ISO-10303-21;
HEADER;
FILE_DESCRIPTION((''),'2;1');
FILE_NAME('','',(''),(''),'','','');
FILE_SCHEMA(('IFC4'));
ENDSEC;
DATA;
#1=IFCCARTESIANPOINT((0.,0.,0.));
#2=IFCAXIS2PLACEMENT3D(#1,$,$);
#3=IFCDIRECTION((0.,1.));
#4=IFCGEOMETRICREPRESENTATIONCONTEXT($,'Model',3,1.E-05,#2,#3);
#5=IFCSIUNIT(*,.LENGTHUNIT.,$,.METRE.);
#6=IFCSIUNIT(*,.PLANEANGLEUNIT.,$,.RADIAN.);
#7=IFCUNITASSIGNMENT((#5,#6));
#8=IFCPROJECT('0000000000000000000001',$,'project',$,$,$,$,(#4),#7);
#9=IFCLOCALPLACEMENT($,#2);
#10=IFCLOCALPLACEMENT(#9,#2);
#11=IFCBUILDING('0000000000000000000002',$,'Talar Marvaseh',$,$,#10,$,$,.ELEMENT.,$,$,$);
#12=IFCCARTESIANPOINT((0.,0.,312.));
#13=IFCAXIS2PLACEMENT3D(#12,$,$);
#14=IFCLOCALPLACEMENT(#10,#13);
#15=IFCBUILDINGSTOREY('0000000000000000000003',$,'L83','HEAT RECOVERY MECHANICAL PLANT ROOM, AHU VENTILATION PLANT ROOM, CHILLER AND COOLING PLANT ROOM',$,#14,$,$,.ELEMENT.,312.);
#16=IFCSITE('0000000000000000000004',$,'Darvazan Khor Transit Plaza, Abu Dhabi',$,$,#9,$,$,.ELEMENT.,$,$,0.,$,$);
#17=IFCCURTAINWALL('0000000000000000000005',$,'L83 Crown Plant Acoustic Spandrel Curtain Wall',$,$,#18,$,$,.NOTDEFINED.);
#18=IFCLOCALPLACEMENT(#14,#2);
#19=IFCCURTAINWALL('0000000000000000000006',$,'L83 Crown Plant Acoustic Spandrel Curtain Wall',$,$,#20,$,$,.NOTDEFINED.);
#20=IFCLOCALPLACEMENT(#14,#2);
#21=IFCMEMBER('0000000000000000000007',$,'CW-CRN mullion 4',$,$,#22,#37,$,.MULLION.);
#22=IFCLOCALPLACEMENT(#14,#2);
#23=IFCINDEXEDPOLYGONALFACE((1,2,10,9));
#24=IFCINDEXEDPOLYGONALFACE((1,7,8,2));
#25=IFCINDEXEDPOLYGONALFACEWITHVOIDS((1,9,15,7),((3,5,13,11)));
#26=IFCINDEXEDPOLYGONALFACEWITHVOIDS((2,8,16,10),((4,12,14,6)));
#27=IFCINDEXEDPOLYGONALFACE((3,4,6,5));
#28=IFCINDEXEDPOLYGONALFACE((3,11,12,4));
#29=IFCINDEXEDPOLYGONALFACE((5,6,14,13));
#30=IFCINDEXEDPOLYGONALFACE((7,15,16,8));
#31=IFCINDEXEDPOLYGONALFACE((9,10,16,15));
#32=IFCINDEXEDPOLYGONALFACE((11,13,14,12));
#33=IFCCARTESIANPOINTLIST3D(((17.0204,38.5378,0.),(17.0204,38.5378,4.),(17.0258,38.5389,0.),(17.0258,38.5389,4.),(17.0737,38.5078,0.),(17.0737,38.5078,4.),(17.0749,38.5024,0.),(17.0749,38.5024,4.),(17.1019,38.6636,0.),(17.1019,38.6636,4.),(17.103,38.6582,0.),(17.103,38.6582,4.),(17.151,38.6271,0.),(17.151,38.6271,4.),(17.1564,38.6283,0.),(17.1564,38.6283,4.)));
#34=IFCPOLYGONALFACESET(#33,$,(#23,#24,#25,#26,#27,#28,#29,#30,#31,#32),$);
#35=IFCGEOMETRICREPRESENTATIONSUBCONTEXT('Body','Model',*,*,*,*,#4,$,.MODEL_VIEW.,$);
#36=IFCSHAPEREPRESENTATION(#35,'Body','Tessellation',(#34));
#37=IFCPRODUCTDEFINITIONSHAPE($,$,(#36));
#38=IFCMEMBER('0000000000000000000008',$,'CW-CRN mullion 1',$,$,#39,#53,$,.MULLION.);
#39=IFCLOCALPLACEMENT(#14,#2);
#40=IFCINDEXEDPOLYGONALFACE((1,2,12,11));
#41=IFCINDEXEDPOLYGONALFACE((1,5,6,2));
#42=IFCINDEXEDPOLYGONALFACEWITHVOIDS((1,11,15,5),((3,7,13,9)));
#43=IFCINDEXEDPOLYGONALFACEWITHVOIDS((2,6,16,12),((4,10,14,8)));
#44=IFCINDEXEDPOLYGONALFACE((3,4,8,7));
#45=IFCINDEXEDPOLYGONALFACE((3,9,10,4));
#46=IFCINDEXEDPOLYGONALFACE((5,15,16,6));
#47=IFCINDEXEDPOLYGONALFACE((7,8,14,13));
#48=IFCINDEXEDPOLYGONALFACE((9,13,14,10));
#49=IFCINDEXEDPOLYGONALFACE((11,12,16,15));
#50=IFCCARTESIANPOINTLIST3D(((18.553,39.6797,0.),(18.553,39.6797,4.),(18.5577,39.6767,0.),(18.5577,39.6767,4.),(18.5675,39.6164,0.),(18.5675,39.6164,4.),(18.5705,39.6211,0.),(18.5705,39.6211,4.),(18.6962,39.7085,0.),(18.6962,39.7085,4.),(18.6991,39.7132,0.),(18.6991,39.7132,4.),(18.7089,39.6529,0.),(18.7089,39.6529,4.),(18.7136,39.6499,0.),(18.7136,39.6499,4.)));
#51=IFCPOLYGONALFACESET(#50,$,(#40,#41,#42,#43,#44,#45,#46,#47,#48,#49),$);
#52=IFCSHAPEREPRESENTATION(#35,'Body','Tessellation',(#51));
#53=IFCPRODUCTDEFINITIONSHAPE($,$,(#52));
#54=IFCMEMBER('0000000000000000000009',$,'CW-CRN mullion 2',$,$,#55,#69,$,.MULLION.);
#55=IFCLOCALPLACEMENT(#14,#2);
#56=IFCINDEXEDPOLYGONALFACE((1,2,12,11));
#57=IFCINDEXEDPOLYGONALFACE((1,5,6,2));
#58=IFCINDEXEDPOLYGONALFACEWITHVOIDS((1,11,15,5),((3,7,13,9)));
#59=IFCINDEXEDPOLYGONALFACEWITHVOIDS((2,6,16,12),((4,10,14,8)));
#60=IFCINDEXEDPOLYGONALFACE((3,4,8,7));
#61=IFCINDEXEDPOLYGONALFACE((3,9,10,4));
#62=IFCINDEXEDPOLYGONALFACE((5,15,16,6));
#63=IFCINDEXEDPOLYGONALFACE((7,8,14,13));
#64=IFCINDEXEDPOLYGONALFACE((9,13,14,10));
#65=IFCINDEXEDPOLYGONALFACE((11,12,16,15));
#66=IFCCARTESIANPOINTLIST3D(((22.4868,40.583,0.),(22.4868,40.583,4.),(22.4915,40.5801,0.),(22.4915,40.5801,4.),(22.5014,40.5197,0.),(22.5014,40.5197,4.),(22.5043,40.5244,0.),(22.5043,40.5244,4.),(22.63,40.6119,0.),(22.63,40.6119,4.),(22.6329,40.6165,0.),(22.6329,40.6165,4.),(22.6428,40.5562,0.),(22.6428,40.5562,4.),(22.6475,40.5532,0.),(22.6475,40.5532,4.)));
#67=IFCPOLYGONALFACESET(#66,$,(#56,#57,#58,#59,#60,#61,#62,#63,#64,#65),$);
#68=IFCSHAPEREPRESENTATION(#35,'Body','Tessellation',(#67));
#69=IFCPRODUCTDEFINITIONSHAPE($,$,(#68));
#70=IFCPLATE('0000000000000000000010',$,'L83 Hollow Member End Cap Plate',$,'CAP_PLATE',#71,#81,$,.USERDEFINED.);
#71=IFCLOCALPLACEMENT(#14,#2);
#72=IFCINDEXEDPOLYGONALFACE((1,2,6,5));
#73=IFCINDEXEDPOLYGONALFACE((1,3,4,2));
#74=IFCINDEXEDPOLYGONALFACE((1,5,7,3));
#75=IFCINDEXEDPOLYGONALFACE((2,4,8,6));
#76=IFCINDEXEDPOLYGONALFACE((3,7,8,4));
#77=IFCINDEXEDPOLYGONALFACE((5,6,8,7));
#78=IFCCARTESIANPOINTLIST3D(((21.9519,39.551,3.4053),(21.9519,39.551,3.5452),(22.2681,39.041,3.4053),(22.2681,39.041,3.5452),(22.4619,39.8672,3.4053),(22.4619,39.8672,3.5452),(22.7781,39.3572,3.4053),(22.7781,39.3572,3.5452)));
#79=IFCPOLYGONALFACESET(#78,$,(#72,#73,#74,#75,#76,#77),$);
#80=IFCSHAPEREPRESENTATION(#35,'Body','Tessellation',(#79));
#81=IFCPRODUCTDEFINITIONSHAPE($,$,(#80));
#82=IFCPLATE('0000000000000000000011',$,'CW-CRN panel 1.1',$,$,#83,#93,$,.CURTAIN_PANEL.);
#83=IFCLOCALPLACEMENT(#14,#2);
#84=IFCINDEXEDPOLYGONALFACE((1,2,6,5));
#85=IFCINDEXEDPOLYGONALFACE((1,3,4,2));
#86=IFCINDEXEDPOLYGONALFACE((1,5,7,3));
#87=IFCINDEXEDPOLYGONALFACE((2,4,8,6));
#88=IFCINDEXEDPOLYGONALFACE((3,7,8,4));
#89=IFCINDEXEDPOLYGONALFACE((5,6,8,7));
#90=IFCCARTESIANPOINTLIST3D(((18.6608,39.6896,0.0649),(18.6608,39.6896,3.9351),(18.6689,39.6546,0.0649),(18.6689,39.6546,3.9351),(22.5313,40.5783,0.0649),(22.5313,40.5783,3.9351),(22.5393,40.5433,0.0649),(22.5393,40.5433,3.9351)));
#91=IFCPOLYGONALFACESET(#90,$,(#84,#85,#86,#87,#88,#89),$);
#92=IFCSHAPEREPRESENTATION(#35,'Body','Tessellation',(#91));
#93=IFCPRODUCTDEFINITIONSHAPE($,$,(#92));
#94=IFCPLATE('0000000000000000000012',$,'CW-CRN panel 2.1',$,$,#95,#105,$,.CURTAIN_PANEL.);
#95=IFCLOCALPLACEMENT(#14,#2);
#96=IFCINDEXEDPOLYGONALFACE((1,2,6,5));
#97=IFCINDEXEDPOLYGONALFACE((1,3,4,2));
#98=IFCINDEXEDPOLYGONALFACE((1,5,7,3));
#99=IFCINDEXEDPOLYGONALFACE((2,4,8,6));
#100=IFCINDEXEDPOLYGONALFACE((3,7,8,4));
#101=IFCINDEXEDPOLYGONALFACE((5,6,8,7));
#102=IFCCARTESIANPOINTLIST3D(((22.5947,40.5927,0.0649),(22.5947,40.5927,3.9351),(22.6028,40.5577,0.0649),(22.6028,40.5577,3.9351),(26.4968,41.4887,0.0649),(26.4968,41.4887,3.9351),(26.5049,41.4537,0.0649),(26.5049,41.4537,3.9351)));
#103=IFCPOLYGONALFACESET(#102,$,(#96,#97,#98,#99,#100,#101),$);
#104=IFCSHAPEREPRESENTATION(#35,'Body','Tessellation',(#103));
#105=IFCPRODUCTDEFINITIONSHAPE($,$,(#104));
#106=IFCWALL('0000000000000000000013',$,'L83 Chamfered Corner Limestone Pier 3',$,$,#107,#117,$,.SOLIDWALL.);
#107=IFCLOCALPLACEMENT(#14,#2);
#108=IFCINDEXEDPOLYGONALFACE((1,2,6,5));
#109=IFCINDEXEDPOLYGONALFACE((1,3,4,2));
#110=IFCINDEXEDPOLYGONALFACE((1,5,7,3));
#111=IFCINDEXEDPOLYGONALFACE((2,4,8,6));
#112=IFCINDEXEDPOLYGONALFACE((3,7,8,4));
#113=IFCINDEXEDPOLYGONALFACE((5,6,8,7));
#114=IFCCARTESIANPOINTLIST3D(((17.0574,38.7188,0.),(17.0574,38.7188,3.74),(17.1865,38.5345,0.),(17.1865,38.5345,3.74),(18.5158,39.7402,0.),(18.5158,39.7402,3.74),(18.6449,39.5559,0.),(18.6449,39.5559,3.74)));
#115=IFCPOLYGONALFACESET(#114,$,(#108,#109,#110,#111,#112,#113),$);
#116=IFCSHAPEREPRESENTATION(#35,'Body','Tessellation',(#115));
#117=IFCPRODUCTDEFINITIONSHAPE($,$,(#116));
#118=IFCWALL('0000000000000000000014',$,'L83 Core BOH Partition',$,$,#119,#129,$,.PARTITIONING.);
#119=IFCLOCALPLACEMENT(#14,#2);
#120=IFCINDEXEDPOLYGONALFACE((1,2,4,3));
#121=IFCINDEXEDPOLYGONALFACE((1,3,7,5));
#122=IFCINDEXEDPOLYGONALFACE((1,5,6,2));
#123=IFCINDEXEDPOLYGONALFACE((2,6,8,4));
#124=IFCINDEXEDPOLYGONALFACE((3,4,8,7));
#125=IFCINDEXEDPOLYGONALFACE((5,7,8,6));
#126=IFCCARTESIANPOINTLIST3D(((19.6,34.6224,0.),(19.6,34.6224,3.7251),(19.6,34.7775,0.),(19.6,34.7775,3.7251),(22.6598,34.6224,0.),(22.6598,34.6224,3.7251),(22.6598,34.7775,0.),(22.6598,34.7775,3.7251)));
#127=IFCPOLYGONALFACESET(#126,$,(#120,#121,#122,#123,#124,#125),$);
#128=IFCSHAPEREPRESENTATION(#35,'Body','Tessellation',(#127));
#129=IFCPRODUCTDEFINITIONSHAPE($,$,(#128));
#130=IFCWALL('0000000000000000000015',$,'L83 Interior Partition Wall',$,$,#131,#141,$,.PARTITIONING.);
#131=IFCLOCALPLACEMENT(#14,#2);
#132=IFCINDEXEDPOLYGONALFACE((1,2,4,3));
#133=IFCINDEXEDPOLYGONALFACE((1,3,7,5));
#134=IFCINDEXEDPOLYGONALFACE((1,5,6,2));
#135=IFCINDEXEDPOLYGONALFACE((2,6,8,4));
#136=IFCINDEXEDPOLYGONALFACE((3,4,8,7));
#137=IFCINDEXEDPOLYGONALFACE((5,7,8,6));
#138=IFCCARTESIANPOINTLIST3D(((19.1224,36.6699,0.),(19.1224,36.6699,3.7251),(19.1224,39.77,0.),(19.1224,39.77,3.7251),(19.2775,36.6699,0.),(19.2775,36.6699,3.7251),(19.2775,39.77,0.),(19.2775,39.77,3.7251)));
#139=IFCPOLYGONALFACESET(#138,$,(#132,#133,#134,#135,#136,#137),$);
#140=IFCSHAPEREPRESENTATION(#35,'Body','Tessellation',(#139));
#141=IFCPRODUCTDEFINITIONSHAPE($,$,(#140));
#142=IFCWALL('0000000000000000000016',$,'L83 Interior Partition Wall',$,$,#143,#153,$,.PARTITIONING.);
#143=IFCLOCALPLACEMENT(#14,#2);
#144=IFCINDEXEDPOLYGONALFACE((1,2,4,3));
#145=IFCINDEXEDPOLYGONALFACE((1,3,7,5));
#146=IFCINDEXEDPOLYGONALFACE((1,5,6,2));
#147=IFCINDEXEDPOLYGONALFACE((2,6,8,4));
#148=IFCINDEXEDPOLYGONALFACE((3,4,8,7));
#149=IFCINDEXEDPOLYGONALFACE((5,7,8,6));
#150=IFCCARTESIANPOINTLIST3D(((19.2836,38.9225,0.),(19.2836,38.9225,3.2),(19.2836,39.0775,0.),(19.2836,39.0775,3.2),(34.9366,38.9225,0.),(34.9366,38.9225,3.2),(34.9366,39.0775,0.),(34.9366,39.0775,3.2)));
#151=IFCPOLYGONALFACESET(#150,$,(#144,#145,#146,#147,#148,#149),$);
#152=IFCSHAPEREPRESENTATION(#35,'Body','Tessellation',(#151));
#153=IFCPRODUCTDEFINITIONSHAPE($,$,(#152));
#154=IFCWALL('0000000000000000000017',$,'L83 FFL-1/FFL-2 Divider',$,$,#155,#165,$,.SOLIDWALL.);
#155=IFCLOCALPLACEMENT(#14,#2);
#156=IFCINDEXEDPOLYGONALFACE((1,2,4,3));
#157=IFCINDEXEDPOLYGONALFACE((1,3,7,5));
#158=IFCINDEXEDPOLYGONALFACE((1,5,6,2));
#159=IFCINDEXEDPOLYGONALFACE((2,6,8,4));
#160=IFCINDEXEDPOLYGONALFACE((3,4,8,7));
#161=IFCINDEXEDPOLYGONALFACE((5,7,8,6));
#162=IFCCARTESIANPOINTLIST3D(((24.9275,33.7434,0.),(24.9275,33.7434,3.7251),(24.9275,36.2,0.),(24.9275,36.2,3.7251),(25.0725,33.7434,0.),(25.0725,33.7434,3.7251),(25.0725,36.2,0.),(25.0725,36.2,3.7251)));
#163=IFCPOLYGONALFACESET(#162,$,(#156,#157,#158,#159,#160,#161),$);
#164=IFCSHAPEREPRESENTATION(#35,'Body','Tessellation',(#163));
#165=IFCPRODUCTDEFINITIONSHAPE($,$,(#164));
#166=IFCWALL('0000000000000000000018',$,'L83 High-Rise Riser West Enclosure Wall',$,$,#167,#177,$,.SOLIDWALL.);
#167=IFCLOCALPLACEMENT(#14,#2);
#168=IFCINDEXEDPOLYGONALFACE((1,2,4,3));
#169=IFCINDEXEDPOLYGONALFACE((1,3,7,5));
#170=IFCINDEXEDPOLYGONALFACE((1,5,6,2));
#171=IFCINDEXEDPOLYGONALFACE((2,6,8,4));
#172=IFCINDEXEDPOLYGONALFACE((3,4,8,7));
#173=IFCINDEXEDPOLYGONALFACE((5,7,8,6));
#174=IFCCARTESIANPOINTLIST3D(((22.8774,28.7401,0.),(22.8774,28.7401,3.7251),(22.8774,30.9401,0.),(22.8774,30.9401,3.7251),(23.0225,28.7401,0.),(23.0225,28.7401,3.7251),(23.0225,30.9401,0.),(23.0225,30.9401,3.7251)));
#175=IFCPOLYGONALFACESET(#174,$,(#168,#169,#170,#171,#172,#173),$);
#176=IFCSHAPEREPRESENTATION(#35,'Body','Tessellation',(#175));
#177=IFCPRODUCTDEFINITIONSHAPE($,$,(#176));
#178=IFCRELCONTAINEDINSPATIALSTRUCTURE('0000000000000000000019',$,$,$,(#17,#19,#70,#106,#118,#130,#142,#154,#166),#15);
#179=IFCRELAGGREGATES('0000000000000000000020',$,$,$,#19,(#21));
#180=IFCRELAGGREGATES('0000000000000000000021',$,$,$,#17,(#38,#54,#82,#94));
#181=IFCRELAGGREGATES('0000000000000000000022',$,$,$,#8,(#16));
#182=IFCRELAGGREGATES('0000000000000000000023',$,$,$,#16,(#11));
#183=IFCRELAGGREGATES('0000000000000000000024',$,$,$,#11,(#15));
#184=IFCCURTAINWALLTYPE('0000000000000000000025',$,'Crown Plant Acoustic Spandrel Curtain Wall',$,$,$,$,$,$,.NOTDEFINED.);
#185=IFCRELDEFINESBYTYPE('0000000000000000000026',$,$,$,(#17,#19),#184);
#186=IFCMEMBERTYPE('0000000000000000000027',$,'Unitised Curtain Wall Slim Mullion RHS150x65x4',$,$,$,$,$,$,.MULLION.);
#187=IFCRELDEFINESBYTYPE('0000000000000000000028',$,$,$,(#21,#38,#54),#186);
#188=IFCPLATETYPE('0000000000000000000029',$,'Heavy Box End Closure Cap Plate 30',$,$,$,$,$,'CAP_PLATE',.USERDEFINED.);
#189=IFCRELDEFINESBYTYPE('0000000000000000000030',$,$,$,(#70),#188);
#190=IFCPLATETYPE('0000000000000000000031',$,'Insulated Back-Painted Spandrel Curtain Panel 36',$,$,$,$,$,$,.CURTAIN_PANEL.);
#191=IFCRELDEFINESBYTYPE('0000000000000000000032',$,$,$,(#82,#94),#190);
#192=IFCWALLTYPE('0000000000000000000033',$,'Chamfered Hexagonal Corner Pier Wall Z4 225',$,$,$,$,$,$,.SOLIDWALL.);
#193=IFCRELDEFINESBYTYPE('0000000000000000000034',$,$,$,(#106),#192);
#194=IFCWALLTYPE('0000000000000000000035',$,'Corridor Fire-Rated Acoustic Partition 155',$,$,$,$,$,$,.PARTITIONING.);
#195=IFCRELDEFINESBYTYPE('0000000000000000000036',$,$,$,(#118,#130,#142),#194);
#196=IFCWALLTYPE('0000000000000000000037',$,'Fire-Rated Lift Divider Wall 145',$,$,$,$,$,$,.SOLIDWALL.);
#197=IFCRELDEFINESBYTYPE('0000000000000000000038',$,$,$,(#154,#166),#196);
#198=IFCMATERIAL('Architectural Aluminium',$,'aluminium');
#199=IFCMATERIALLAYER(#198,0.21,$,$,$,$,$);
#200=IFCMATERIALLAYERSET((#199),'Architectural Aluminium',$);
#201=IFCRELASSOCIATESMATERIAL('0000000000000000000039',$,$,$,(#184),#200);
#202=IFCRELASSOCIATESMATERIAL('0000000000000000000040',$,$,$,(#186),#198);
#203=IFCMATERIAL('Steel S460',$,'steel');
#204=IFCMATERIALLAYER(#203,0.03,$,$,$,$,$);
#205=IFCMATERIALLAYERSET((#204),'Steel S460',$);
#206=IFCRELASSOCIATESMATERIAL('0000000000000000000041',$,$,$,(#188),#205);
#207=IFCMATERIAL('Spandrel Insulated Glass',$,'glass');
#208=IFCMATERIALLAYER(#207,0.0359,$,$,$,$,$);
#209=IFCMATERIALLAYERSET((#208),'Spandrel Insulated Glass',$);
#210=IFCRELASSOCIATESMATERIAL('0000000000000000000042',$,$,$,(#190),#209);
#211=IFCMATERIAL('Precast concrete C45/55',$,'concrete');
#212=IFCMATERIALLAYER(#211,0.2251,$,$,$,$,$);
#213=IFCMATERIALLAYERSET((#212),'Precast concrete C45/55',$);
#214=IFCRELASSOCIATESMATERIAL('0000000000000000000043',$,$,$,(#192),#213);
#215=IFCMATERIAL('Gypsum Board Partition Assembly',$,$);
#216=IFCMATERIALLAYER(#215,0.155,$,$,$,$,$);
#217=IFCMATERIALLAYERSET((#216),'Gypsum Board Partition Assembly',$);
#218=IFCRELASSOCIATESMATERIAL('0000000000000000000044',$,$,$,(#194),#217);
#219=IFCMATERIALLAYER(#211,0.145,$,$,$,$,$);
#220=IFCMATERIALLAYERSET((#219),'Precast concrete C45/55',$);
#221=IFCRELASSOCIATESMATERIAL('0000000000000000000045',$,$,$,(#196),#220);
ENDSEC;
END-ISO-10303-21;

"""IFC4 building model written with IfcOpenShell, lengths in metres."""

from ifc_helpers import new_model, si_unit, direction, frame, frame_2d, origin, origin_2d, place, context, subcontext, project, spatial, rectangle, hollow_rectangle, extrude, source, transform, mapped, material, layer, layer_set, material_profile, profile_set, type_object, type_shapes, element, aggregate, save


model = new_model("IFC4")

# Units and contexts
model_context = context("Model", 3, precision=1e-05, world=origin(), true_north=direction((0.0, 1.0)))
body_context = subcontext(model_context, "Body", "Model", "MODEL_VIEW")
ifc_project = project(units=[si_unit("LENGTHUNIT", "METRE"), si_unit("PLANEANGLEUNIT", "RADIAN")], contexts=[model_context])

# Site, building, storey
site_placement = place(None, origin())
site = spatial("IfcSite", under=ifc_project, at=site_placement, Name="Darvazan Khor Transit Plaza, Abu Dhabi", CompositionType="ELEMENT", RefElevation=0.0)
building_placement = place(site_placement, origin())
building = spatial("IfcBuilding", under=site, at=building_placement, Name="Talar Marvaseh", CompositionType="ELEMENT")
storey_placement = place(building_placement, frame((0.0, 0.0, 312.0)))
storey = spatial("IfcBuildingStorey", under=building, at=storey_placement, Name="L83", Description="HEAT RECOVERY MECHANICAL PLANT ROOM, AHU VENTILATION PLANT ROOM, CHILLER AND COOLING PLANT ROOM", CompositionType="ELEMENT", Elevation=312.0)

# Shared definitions
ifc_material_1 = material(Name="Steel S460", Category="steel")

# Curtain wall
ifc_material_2 = material(Name="Architectural Aluminium", Category="aluminium")
ifc_layer_1 = layer(ifc_material_2, 0.21)
ifc_layer_set_1 = layer_set([ifc_layer_1], Name="Architectural Aluminium")
curtain_wall_type = type_object("IfcCurtainWallType", Name="Crown Plant Acoustic Spandrel Curtain Wall", PredefinedType="NOTDEFINED", material=ifc_layer_set_1)
curtain_wall_1_placement = place(storey_placement, origin())
curtain_wall_1 = element("IfcCurtainWall", 1, at=curtain_wall_1_placement, inside=storey, type_object=curtain_wall_type, Name="L83 Crown Plant Acoustic Spandrel Curtain Wall", PredefinedType="NOTDEFINED")

# Curtain wall, member
curtain_wall_2_placement = place(storey_placement, origin())
curtain_wall_2 = element("IfcCurtainWall", 2, at=curtain_wall_2_placement, inside=storey, type_object=curtain_wall_type, Name="L83 Crown Plant Acoustic Spandrel Curtain Wall", PredefinedType="NOTDEFINED")
ifc_material_profile_1 = material_profile(ifc_material_2, hollow_rectangle(XDim=0.0649, YDim=0.1499, WallThickness=0.0039, at=origin_2d()), Name="RHS150x65x4")
ifc_profile_set_1 = profile_set([ifc_material_profile_1], Name="Architectural Aluminium")
member_type_1 = type_object("IfcMemberType", Name="Unitised Curtain Wall Slim Mullion RHS150x65x4", PredefinedType="MULLION", material=ifc_profile_set_1)
shared_shape_1 = source(origin(), body_context, "Body", "SweptSolid", [
    extrude(hollow_rectangle(XDim=0.0649, YDim=0.1499, WallThickness=0.0039, at=origin_2d()), origin(), (0.0, 0.0, 1.0), 4.0),
])
type_shapes(member_type_1, [shared_shape_1])
member_1_placement = place(storey_placement, frame((17.0884, 38.583, 0.0), z_axis=(0.0, 0.0, 1.0), x_axis=(-0.839314, 0.543646, 0.0)))
member_1 = element("IfcMember", 3, at=member_1_placement, type_object=member_type_1, Name="CW-CRN mullion 4", PredefinedType="MULLION", context=body_context, shape_type="MappedRepresentation", body=[
    mapped(shared_shape_1, transform((0.0, 0.0, 0.0), x_axis=(1.0, 0.0, 0.0), y_axis=(0.0, 1.0, 0.0), z_axis=(0.0, 0.0, 1.0), scale=1.0)),
])
aggregate(curtain_wall_2, [member_1])

# Members
member_2_placement = place(storey_placement, frame((18.6333, 39.6648, 0.0), z_axis=(0.0, 0.0, 1.0), x_axis=(-0.223792, 0.974637, 0.0)))
member_2 = element("IfcMember", 4, at=member_2_placement, type_object=member_type_1, Name="CW-CRN mullion 1", PredefinedType="MULLION", context=body_context, shape_type="MappedRepresentation", body=[
    mapped(shared_shape_1, transform((0.0, 0.0, 0.0), x_axis=(1.0, 0.0, 0.0), y_axis=(0.0, 1.0, 0.0), z_axis=(0.0, 0.0, 1.0), scale=1.0)),
])
member_3_placement = place(storey_placement, frame((22.5671, 40.5681, 0.0), z_axis=(0.0, 0.0, 1.0), x_axis=(-0.223792, 0.974637, 0.0)))
member_3 = element("IfcMember", 5, at=member_3_placement, type_object=member_type_1, Name="CW-CRN mullion 2", PredefinedType="MULLION", context=body_context, shape_type="MappedRepresentation", body=[
    mapped(shared_shape_1, transform((0.0, 0.0, 0.0), x_axis=(1.0, 0.0, 0.0), y_axis=(0.0, 1.0, 0.0), z_axis=(0.0, 0.0, 1.0), scale=1.0)),
])

# Plates
ifc_layer_2 = layer(ifc_material_1, 0.03)
ifc_layer_set_2 = layer_set([ifc_layer_2], Name="Steel S460")
plate_type_1 = type_object("IfcPlateType", Name="Heavy Box End Closure Cap Plate 30", ElementType="CAP_PLATE", PredefinedType="USERDEFINED", material=ifc_layer_set_2)
shared_shape_2 = source(origin(), body_context, "Body", "SweptSolid", [
    extrude(rectangle(XDim=0.6001, YDim=0.6001, at=origin_2d()), origin(), (0.0, 0.0, 1.0), 0.1399),
])
type_shapes(plate_type_1, [shared_shape_2])
plate_1_placement = place(storey_placement, frame((22.365, 39.4541, 3.4053), z_axis=(0.0, 0.0, 1.0), x_axis=(0.849893, 0.526956, 0.0)))
element("IfcPlate", 6, at=plate_1_placement, inside=storey, type_object=plate_type_1, Name="L83 Hollow Member End Cap Plate", ObjectType="CAP_PLATE", PredefinedType="USERDEFINED", context=body_context, shape_type="MappedRepresentation", body=[
    mapped(shared_shape_2, transform((0.0, 0.0, 0.0), x_axis=(1.0, 0.0, 0.0), y_axis=(0.0, 1.0, 0.0), z_axis=(0.0, 0.0, 1.0), scale=1.0)),
])
ifc_material_3 = material(Name="Spandrel Insulated Glass", Category="glass")
ifc_layer_3 = layer(ifc_material_3, 0.0359)
ifc_layer_set_3 = layer_set([ifc_layer_3], Name="Spandrel Insulated Glass")
plate_type_2 = type_object("IfcPlateType", Name="Insulated Back-Painted Spandrel Curtain Panel 36", PredefinedType="CURTAIN_PANEL", material=ifc_layer_set_3)
shared_shape_3 = source(origin(), body_context, "Body", "SweptSolid", [
    extrude(rectangle(XDim=3.9712, YDim=0.0359, at=origin_2d()), origin(), (0.0, 0.0, 1.0), 3.8701),
])
plate_2_placement = place(storey_placement, frame((20.6001, 40.1165, 0.0649), z_axis=(0.0, 0.0, 1.0), x_axis=(0.974637, 0.223792, 0.0)))
plate_2 = element("IfcPlate", 7, at=plate_2_placement, type_object=plate_type_2, Name="CW-CRN panel 1.1", PredefinedType="CURTAIN_PANEL", context=body_context, shape_type="MappedRepresentation", body=[
    mapped(shared_shape_3, transform((0.0, 0.0, 0.0), x_axis=(1.0, 0.0, 0.0), y_axis=(0.0, 1.0, 0.0), z_axis=(0.0, 0.0, 1.0), scale=1.0)),
])
shared_shape_4 = source(origin(), body_context, "Body", "SweptSolid", [
    extrude(rectangle(XDim=4.0037, YDim=0.0359, at=origin_2d()), origin(), (0.0, 0.0, 1.0), 3.8701),
])
type_shapes(plate_type_2, [shared_shape_3, shared_shape_4])
plate_3_placement = place(storey_placement, frame((24.5498, 41.0232, 0.0649), z_axis=(0.0, 0.0, 1.0), x_axis=(0.974637, 0.223792, 0.0)))
plate_3 = element("IfcPlate", 8, at=plate_3_placement, type_object=plate_type_2, Name="CW-CRN panel 2.1", PredefinedType="CURTAIN_PANEL", context=body_context, shape_type="MappedRepresentation", body=[
    mapped(shared_shape_4, transform((0.0, 0.0, 0.0), x_axis=(1.0, 0.0, 0.0), y_axis=(0.0, 1.0, 0.0), z_axis=(0.0, 0.0, 1.0), scale=1.0)),
])
aggregate(curtain_wall_1, [member_2, member_3, plate_2, plate_3])

# Walls
ifc_material_4 = material(Name="Precast concrete C45/55", Category="concrete")
ifc_layer_4 = layer(ifc_material_4, 0.2251)
ifc_layer_set_4 = layer_set([ifc_layer_4], Name="Precast concrete C45/55")
wall_type_1 = type_object("IfcWallType", Name="Chamfered Hexagonal Corner Pier Wall Z4 225", PredefinedType="SOLIDWALL", material=ifc_layer_set_4)
wall_1_placement = place(storey_placement, frame((17.1221, 38.6267, 0.0), z_axis=(0.0, 0.0, 1.0), x_axis=(0.81909, 0.573665, 0.0)))
element("IfcWall", 9, at=wall_1_placement, inside=storey, type_object=wall_type_1, Name="L83 Chamfered Corner Limestone Pier 3", PredefinedType="SOLIDWALL", context=body_context, shape_type="SweptSolid", body=[
    extrude(rectangle(XDim=1.7805, YDim=0.2251, at=frame_2d((0.8901, 0.0))), origin(), (0.0, 0.0, 1.0), 3.74),
])
ifc_material_5 = material(Name="Gypsum Board Partition Assembly")
ifc_layer_5 = layer(ifc_material_5, 0.155)
ifc_layer_set_5 = layer_set([ifc_layer_5], Name="Gypsum Board Partition Assembly")
wall_type_2 = type_object("IfcWallType", Name="Corridor Fire-Rated Acoustic Partition 155", PredefinedType="PARTITIONING", material=ifc_layer_set_5)
wall_2_placement = place(storey_placement, frame((19.6001, 34.7, 0.0), z_axis=(0.0, 0.0, 1.0), x_axis=(1.0, 0.0, 0.0)))
element("IfcWall", 10, at=wall_2_placement, inside=storey, type_object=wall_type_2, Name="L83 Core BOH Partition", PredefinedType="PARTITIONING", context=body_context, shape_type="SweptSolid", body=[
    extrude(rectangle(XDim=3.0598, YDim=0.155, at=frame_2d((1.5298, 0.0))), origin(), (0.0, 0.0, 1.0), 3.7251),
])
wall_3_placement = place(storey_placement, frame((19.2, 36.6699, 0.0), z_axis=(0.0, 0.0, 1.0), x_axis=(0.0, 1.0, 0.0)))
element("IfcWall", 11, at=wall_3_placement, inside=storey, type_object=wall_type_2, Name="L83 Interior Partition Wall", PredefinedType="PARTITIONING", context=body_context, shape_type="SweptSolid", body=[
    extrude(rectangle(XDim=3.1001, YDim=0.155, at=frame_2d((1.55, 0.0))), origin(), (0.0, 0.0, 1.0), 3.7251),
])
wall_4_placement = place(storey_placement, frame((19.2834, 39.0, 0.0), z_axis=(0.0, 0.0, 1.0), x_axis=(1.0, 0.0, 0.0)))
element("IfcWall", 12, at=wall_4_placement, inside=storey, type_object=wall_type_2, Name="L83 Interior Partition Wall", PredefinedType="PARTITIONING", context=body_context, shape_type="SweptSolid", body=[
    extrude(rectangle(XDim=15.6531, YDim=0.155, at=frame_2d((7.8267, 0.0))), origin(), (0.0, 0.0, 1.0), 3.2),
])
ifc_layer_6 = layer(ifc_material_4, 0.145)
ifc_layer_set_6 = layer_set([ifc_layer_6], Name="Precast concrete C45/55")
wall_type_3 = type_object("IfcWallType", Name="Fire-Rated Lift Divider Wall 145", PredefinedType="SOLIDWALL", material=ifc_layer_set_6)
wall_5_placement = place(storey_placement, frame((25.0, 33.7434, 0.0), z_axis=(0.0, 0.0, 1.0), x_axis=(0.0, 1.0, 0.0)))
element("IfcWall", 13, at=wall_5_placement, inside=storey, type_object=wall_type_3, Name="L83 FFL-1/FFL-2 Divider", PredefinedType="SOLIDWALL", context=body_context, shape_type="SweptSolid", body=[
    extrude(rectangle(XDim=2.4565, YDim=0.145, at=frame_2d((1.2283, 0.0))), origin(), (0.0, 0.0, 1.0), 3.7251),
])
wall_6_placement = place(storey_placement, frame((22.95, 28.74, 0.0), z_axis=(0.0, 0.0, 1.0), x_axis=(0.0, 1.0, 0.0)))
element("IfcWall", 14, at=wall_6_placement, inside=storey, type_object=wall_type_3, Name="L83 High-Rise Riser West Enclosure Wall", PredefinedType="SOLIDWALL", context=body_context, shape_type="SweptSolid", body=[
    extrude(rectangle(XDim=2.2, YDim=0.145, at=frame_2d((1.1001, 0.0))), origin(), (0.0, 0.0, 1.0), 3.7251),
])

save(model, "model.ifc")
